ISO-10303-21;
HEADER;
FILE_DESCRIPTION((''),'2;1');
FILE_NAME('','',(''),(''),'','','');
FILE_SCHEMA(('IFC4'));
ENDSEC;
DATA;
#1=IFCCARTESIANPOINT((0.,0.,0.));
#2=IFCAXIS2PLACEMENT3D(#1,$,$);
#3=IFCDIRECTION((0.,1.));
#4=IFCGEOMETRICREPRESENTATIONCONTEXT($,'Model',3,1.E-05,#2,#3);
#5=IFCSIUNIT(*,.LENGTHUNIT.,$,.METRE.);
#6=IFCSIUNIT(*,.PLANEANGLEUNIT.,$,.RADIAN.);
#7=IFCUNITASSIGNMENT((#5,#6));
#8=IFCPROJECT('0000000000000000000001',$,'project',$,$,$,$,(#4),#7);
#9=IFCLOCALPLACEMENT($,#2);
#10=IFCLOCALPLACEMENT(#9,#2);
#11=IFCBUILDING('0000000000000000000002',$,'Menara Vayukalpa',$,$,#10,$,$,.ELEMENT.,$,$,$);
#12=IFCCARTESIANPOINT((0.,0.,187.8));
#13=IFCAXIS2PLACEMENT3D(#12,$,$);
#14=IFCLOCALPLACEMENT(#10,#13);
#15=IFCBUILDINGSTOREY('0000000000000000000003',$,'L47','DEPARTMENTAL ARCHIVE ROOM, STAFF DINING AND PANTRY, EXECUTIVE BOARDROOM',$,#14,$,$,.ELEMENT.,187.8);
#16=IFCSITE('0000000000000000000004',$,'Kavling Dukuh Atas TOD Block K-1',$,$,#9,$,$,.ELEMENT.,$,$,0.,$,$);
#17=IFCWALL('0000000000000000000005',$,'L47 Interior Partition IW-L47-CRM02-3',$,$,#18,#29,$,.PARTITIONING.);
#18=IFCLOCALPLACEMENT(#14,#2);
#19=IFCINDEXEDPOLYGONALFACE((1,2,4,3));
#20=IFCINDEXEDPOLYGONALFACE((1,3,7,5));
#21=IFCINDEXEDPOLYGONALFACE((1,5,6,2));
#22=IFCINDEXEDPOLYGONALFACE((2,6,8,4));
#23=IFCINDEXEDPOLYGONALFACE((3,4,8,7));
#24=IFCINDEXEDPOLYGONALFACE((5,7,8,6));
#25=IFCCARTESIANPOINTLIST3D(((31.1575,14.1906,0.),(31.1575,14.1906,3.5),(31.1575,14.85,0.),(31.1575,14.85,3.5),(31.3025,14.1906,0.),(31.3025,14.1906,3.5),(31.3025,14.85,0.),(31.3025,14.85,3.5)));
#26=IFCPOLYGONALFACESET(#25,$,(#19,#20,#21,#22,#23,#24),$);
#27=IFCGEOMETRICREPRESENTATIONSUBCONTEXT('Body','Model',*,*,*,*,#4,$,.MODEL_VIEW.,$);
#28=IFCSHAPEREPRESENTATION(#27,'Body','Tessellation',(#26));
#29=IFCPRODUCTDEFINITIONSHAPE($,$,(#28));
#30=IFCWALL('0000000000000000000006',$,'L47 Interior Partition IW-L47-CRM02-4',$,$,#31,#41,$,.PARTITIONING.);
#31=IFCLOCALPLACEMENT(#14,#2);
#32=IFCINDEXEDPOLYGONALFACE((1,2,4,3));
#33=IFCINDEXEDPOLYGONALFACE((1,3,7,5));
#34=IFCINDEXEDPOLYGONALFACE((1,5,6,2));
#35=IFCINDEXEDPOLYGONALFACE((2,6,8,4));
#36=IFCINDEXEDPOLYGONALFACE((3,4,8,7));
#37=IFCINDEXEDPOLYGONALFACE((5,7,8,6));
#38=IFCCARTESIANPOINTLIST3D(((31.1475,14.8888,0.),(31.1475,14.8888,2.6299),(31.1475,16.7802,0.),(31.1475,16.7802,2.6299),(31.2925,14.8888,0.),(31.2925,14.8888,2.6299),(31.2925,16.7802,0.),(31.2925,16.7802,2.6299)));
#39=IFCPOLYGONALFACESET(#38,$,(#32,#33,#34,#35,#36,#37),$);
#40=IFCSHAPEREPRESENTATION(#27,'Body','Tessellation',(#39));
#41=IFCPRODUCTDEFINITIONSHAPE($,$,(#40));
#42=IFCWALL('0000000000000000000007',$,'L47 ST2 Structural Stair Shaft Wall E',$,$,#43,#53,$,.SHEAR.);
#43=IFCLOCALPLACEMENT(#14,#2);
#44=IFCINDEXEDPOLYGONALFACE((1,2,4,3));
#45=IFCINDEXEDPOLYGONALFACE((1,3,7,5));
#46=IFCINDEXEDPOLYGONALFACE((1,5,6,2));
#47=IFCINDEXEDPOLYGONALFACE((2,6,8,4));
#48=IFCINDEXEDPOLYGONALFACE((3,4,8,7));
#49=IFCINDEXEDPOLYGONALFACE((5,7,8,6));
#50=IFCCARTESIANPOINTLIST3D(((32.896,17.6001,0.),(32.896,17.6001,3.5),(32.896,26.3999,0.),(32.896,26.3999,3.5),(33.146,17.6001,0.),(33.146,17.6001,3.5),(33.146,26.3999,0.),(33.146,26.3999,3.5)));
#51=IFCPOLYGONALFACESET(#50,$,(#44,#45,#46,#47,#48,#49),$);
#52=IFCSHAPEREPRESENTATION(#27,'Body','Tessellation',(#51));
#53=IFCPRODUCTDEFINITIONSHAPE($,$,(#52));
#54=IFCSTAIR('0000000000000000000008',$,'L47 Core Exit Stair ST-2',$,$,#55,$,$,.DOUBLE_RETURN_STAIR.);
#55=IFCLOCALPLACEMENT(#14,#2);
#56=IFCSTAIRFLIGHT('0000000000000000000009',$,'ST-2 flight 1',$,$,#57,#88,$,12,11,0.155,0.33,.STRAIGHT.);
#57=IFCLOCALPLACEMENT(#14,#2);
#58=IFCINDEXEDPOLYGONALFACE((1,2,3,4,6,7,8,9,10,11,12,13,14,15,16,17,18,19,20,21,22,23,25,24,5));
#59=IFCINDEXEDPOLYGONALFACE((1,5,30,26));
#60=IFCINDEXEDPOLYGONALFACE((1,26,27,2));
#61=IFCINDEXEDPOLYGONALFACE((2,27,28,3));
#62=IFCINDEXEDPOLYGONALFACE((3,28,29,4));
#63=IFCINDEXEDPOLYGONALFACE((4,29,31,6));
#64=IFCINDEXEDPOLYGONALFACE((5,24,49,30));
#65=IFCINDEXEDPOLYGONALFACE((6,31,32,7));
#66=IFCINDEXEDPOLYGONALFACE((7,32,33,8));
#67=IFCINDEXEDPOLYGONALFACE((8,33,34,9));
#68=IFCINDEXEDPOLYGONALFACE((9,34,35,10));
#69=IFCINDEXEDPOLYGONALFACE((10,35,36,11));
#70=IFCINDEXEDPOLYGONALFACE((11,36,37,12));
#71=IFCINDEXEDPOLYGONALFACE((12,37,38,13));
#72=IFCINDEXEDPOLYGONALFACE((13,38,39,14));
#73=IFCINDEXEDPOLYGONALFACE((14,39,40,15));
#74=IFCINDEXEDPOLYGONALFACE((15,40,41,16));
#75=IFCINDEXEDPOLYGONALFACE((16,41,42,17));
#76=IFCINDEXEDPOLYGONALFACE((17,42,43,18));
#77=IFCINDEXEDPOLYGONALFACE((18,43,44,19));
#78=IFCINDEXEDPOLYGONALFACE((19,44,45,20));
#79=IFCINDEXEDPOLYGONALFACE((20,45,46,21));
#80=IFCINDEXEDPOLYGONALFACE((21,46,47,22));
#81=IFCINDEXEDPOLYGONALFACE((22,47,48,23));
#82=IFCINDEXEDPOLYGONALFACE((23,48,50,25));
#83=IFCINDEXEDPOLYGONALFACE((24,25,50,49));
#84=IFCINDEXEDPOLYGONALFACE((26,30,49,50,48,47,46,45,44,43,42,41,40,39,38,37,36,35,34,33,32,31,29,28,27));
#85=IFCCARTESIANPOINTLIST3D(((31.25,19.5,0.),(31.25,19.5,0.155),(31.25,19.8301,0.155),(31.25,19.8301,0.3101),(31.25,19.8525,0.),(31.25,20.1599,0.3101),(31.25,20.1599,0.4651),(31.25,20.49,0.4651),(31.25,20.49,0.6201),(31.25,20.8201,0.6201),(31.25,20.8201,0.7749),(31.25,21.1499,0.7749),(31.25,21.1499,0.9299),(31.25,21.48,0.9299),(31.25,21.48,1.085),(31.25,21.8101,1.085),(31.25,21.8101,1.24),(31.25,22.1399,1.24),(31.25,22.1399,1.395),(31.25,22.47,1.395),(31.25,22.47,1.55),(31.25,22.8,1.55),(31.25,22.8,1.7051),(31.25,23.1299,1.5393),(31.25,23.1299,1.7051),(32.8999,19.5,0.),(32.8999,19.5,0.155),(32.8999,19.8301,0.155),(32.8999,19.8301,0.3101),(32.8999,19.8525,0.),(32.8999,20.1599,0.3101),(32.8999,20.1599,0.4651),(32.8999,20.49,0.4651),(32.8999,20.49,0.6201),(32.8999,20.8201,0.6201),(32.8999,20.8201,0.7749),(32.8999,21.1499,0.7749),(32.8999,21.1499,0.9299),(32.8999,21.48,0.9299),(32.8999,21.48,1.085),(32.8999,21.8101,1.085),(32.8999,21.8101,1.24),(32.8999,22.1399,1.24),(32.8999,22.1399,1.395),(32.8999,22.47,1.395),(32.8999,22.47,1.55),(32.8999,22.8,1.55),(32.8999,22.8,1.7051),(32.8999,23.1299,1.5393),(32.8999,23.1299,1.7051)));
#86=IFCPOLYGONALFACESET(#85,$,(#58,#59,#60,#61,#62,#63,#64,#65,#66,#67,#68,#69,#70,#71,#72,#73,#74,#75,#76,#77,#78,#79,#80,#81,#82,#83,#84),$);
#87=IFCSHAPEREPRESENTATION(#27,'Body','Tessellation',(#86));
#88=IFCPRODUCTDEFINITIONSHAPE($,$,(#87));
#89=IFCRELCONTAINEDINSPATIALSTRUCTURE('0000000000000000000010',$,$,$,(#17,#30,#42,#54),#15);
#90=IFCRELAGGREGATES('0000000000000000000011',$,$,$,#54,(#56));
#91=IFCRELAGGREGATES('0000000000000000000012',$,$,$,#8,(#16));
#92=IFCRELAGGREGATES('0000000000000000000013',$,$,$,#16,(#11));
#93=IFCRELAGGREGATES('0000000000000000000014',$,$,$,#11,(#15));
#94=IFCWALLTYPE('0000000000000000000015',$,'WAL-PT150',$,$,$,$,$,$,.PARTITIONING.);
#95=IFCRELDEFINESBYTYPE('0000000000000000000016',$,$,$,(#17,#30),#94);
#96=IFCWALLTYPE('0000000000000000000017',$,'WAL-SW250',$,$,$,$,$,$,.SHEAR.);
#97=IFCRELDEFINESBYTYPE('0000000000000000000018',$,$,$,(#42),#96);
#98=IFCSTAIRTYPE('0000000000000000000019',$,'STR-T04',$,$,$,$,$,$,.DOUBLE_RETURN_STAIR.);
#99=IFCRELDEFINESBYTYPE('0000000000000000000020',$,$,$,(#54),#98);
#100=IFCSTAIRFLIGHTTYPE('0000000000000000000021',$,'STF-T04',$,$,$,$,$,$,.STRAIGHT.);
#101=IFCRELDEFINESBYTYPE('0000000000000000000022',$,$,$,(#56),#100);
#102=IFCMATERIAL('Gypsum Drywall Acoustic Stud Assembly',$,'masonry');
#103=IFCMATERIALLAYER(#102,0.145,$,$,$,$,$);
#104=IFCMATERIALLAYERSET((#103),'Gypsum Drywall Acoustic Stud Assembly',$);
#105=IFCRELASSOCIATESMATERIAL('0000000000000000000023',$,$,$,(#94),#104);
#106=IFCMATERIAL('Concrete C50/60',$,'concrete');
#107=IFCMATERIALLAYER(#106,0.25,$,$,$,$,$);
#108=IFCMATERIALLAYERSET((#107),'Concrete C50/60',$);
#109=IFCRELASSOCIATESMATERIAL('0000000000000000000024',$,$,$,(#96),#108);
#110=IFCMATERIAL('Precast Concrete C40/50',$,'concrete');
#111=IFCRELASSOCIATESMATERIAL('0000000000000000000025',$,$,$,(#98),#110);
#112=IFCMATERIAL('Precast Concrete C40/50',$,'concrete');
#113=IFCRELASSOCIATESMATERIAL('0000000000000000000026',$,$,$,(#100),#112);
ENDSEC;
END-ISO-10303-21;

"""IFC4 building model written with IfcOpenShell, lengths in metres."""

from ifc_helpers import new_model, si_unit, direction, frame, frame_2d, origin, place, context, subcontext, project, spatial, polyline, rectangle, outline, extrude, material, layer, layer_set, type_object, element, aggregate, save


model = new_model("IFC4")

# Units and contexts
model_context = context("Model", 3, precision=1e-05, world=origin(), true_north=direction((0.0, 1.0)))
body_context = subcontext(model_context, "Body", "Model", "MODEL_VIEW")
ifc_project = project(units=[si_unit("LENGTHUNIT", "METRE"), si_unit("PLANEANGLEUNIT", "RADIAN")], contexts=[model_context])

# Site, building, storey
site_placement = place(None, origin())
site = spatial("IfcSite", under=ifc_project, at=site_placement, Name="Kavling Dukuh Atas TOD Block K-1", CompositionType="ELEMENT", RefElevation=0.0)
building_placement = place(site_placement, origin())
building = spatial("IfcBuilding", under=site, at=building_placement, Name="Menara Vayukalpa", CompositionType="ELEMENT")
storey_placement = place(building_placement, frame((0.0, 0.0, 187.8)))
storey = spatial("IfcBuildingStorey", under=building, at=storey_placement, Name="L47", Description="DEPARTMENTAL ARCHIVE ROOM, STAFF DINING AND PANTRY, EXECUTIVE BOARDROOM", CompositionType="ELEMENT", Elevation=187.8)

# Walls
ifc_material_1 = material(Name="Gypsum Drywall Acoustic Stud Assembly", Category="masonry")
ifc_layer_1 = layer(ifc_material_1, 0.145)
ifc_layer_set_1 = layer_set([ifc_layer_1], Name="Gypsum Drywall Acoustic Stud Assembly")
wall_type_1 = type_object("IfcWallType", Name="WAL-PT150", PredefinedType="PARTITIONING", material=ifc_layer_set_1)
wall_1_placement = place(storey_placement, frame((31.23, 14.1907, 0.0), z_axis=(0.0, 0.0, 1.0), x_axis=(0.0, 1.0, 0.0)))
element("IfcWall", 1, at=wall_1_placement, inside=storey, type_object=wall_type_1, Name="L47 Interior Partition IW-L47-CRM02-3", PredefinedType="PARTITIONING", context=body_context, shape_type="SweptSolid", body=[
    extrude(rectangle(XDim=0.6594, YDim=0.145, at=frame_2d((0.3296, 0.0))), origin(), (0.0, 0.0, 1.0), 3.5),
])
wall_2_placement = place(storey_placement, frame((31.22, 14.8887, 0.0), z_axis=(0.0, 0.0, 1.0), x_axis=(0.0, 1.0, 0.0)))
element("IfcWall", 2, at=wall_2_placement, inside=storey, type_object=wall_type_1, Name="L47 Interior Partition IW-L47-CRM02-4", PredefinedType="PARTITIONING", context=body_context, shape_type="SweptSolid", body=[
    extrude(rectangle(XDim=1.8914, YDim=0.145, at=frame_2d((0.9458, 0.0))), origin(), (0.0, 0.0, 1.0), 2.6299),
])
ifc_material_2 = material(Name="Concrete C50/60", Category="concrete")
ifc_layer_2 = layer(ifc_material_2, 0.25)
ifc_layer_set_2 = layer_set([ifc_layer_2], Name="Concrete C50/60")
wall_type_2 = type_object("IfcWallType", Name="WAL-SW250", PredefinedType="SHEAR", material=ifc_layer_set_2)
wall_3_placement = place(storey_placement, frame((33.021, 17.6001, 0.0), z_axis=(0.0, 0.0, 1.0), x_axis=(0.0, 1.0, 0.0)))
element("IfcWall", 3, at=wall_3_placement, inside=storey, type_object=wall_type_2, Name="L47 ST2 Structural Stair Shaft Wall E", PredefinedType="SHEAR", context=body_context, shape_type="SweptSolid", body=[
    extrude(rectangle(XDim=8.7998, YDim=0.25, at=frame_2d((4.3999, 0.0))), origin(), (0.0, 0.0, 1.0), 3.5),
])

# Stair, stair flight
ifc_material_3 = material(Name="Precast Concrete C40/50", Category="concrete")
stair_type = type_object("IfcStairType", Name="STR-T04", PredefinedType="DOUBLE_RETURN_STAIR", material=ifc_material_3)
stair_placement = place(storey_placement, origin())
stair = element("IfcStair", 4, at=stair_placement, inside=storey, type_object=stair_type, Name="L47 Core Exit Stair ST-2", PredefinedType="DOUBLE_RETURN_STAIR")
ifc_material_4 = material(Name="Precast Concrete C40/50", Category="concrete")
stair_flight_type = type_object("IfcStairFlightType", Name="STF-T04", PredefinedType="STRAIGHT", material=ifc_material_4)
stair_flight_placement = place(storey_placement, frame((32.075, 19.5, 0.0), z_axis=(0.0, 0.0, 1.0), x_axis=(0.0, 1.0, 0.0)))
stair_flight = element("IfcStairFlight", 5, at=stair_flight_placement, type_object=stair_flight_type, Name="ST-2 flight 1", NumberOfRisers=12, NumberOfTreads=11, PredefinedType="STRAIGHT", RiserHeight=0.155, TreadLength=0.33, context=body_context, shape_type="SweptSolid", body=[
    extrude(outline(polyline([(0.0, 0.0), (0.0, 0.155), (0.3301, 0.155), (0.3301, 0.3101), (0.6599, 0.3101), (0.6599, 0.4651), (0.99, 0.4651), (0.99, 0.6201), (1.3201, 0.6201), (1.3201, 0.7749), (1.6499, 0.7749), (1.6499, 0.9299), (1.98, 0.9299), (1.98, 1.085), (2.3101, 1.085), (2.3101, 1.24), (2.6399, 1.24), (2.6399, 1.395), (2.97, 1.395), (2.97, 1.55), (3.3, 1.55), (3.3, 1.7051), (3.6299, 1.7051), (3.6299, 1.8601), (3.6299, 1.5393), (0.3525, 0.0), (0.0, 0.0)])), frame((0.0, 0.825, 0.0), z_axis=(0.0, -1.0, 0.0), x_axis=(1.0, 0.0, 0.0)), (0.0, 0.0, 1.0), 1.6499),
])
aggregate(stair, [stair_flight])

save(model, "model.ifc")
